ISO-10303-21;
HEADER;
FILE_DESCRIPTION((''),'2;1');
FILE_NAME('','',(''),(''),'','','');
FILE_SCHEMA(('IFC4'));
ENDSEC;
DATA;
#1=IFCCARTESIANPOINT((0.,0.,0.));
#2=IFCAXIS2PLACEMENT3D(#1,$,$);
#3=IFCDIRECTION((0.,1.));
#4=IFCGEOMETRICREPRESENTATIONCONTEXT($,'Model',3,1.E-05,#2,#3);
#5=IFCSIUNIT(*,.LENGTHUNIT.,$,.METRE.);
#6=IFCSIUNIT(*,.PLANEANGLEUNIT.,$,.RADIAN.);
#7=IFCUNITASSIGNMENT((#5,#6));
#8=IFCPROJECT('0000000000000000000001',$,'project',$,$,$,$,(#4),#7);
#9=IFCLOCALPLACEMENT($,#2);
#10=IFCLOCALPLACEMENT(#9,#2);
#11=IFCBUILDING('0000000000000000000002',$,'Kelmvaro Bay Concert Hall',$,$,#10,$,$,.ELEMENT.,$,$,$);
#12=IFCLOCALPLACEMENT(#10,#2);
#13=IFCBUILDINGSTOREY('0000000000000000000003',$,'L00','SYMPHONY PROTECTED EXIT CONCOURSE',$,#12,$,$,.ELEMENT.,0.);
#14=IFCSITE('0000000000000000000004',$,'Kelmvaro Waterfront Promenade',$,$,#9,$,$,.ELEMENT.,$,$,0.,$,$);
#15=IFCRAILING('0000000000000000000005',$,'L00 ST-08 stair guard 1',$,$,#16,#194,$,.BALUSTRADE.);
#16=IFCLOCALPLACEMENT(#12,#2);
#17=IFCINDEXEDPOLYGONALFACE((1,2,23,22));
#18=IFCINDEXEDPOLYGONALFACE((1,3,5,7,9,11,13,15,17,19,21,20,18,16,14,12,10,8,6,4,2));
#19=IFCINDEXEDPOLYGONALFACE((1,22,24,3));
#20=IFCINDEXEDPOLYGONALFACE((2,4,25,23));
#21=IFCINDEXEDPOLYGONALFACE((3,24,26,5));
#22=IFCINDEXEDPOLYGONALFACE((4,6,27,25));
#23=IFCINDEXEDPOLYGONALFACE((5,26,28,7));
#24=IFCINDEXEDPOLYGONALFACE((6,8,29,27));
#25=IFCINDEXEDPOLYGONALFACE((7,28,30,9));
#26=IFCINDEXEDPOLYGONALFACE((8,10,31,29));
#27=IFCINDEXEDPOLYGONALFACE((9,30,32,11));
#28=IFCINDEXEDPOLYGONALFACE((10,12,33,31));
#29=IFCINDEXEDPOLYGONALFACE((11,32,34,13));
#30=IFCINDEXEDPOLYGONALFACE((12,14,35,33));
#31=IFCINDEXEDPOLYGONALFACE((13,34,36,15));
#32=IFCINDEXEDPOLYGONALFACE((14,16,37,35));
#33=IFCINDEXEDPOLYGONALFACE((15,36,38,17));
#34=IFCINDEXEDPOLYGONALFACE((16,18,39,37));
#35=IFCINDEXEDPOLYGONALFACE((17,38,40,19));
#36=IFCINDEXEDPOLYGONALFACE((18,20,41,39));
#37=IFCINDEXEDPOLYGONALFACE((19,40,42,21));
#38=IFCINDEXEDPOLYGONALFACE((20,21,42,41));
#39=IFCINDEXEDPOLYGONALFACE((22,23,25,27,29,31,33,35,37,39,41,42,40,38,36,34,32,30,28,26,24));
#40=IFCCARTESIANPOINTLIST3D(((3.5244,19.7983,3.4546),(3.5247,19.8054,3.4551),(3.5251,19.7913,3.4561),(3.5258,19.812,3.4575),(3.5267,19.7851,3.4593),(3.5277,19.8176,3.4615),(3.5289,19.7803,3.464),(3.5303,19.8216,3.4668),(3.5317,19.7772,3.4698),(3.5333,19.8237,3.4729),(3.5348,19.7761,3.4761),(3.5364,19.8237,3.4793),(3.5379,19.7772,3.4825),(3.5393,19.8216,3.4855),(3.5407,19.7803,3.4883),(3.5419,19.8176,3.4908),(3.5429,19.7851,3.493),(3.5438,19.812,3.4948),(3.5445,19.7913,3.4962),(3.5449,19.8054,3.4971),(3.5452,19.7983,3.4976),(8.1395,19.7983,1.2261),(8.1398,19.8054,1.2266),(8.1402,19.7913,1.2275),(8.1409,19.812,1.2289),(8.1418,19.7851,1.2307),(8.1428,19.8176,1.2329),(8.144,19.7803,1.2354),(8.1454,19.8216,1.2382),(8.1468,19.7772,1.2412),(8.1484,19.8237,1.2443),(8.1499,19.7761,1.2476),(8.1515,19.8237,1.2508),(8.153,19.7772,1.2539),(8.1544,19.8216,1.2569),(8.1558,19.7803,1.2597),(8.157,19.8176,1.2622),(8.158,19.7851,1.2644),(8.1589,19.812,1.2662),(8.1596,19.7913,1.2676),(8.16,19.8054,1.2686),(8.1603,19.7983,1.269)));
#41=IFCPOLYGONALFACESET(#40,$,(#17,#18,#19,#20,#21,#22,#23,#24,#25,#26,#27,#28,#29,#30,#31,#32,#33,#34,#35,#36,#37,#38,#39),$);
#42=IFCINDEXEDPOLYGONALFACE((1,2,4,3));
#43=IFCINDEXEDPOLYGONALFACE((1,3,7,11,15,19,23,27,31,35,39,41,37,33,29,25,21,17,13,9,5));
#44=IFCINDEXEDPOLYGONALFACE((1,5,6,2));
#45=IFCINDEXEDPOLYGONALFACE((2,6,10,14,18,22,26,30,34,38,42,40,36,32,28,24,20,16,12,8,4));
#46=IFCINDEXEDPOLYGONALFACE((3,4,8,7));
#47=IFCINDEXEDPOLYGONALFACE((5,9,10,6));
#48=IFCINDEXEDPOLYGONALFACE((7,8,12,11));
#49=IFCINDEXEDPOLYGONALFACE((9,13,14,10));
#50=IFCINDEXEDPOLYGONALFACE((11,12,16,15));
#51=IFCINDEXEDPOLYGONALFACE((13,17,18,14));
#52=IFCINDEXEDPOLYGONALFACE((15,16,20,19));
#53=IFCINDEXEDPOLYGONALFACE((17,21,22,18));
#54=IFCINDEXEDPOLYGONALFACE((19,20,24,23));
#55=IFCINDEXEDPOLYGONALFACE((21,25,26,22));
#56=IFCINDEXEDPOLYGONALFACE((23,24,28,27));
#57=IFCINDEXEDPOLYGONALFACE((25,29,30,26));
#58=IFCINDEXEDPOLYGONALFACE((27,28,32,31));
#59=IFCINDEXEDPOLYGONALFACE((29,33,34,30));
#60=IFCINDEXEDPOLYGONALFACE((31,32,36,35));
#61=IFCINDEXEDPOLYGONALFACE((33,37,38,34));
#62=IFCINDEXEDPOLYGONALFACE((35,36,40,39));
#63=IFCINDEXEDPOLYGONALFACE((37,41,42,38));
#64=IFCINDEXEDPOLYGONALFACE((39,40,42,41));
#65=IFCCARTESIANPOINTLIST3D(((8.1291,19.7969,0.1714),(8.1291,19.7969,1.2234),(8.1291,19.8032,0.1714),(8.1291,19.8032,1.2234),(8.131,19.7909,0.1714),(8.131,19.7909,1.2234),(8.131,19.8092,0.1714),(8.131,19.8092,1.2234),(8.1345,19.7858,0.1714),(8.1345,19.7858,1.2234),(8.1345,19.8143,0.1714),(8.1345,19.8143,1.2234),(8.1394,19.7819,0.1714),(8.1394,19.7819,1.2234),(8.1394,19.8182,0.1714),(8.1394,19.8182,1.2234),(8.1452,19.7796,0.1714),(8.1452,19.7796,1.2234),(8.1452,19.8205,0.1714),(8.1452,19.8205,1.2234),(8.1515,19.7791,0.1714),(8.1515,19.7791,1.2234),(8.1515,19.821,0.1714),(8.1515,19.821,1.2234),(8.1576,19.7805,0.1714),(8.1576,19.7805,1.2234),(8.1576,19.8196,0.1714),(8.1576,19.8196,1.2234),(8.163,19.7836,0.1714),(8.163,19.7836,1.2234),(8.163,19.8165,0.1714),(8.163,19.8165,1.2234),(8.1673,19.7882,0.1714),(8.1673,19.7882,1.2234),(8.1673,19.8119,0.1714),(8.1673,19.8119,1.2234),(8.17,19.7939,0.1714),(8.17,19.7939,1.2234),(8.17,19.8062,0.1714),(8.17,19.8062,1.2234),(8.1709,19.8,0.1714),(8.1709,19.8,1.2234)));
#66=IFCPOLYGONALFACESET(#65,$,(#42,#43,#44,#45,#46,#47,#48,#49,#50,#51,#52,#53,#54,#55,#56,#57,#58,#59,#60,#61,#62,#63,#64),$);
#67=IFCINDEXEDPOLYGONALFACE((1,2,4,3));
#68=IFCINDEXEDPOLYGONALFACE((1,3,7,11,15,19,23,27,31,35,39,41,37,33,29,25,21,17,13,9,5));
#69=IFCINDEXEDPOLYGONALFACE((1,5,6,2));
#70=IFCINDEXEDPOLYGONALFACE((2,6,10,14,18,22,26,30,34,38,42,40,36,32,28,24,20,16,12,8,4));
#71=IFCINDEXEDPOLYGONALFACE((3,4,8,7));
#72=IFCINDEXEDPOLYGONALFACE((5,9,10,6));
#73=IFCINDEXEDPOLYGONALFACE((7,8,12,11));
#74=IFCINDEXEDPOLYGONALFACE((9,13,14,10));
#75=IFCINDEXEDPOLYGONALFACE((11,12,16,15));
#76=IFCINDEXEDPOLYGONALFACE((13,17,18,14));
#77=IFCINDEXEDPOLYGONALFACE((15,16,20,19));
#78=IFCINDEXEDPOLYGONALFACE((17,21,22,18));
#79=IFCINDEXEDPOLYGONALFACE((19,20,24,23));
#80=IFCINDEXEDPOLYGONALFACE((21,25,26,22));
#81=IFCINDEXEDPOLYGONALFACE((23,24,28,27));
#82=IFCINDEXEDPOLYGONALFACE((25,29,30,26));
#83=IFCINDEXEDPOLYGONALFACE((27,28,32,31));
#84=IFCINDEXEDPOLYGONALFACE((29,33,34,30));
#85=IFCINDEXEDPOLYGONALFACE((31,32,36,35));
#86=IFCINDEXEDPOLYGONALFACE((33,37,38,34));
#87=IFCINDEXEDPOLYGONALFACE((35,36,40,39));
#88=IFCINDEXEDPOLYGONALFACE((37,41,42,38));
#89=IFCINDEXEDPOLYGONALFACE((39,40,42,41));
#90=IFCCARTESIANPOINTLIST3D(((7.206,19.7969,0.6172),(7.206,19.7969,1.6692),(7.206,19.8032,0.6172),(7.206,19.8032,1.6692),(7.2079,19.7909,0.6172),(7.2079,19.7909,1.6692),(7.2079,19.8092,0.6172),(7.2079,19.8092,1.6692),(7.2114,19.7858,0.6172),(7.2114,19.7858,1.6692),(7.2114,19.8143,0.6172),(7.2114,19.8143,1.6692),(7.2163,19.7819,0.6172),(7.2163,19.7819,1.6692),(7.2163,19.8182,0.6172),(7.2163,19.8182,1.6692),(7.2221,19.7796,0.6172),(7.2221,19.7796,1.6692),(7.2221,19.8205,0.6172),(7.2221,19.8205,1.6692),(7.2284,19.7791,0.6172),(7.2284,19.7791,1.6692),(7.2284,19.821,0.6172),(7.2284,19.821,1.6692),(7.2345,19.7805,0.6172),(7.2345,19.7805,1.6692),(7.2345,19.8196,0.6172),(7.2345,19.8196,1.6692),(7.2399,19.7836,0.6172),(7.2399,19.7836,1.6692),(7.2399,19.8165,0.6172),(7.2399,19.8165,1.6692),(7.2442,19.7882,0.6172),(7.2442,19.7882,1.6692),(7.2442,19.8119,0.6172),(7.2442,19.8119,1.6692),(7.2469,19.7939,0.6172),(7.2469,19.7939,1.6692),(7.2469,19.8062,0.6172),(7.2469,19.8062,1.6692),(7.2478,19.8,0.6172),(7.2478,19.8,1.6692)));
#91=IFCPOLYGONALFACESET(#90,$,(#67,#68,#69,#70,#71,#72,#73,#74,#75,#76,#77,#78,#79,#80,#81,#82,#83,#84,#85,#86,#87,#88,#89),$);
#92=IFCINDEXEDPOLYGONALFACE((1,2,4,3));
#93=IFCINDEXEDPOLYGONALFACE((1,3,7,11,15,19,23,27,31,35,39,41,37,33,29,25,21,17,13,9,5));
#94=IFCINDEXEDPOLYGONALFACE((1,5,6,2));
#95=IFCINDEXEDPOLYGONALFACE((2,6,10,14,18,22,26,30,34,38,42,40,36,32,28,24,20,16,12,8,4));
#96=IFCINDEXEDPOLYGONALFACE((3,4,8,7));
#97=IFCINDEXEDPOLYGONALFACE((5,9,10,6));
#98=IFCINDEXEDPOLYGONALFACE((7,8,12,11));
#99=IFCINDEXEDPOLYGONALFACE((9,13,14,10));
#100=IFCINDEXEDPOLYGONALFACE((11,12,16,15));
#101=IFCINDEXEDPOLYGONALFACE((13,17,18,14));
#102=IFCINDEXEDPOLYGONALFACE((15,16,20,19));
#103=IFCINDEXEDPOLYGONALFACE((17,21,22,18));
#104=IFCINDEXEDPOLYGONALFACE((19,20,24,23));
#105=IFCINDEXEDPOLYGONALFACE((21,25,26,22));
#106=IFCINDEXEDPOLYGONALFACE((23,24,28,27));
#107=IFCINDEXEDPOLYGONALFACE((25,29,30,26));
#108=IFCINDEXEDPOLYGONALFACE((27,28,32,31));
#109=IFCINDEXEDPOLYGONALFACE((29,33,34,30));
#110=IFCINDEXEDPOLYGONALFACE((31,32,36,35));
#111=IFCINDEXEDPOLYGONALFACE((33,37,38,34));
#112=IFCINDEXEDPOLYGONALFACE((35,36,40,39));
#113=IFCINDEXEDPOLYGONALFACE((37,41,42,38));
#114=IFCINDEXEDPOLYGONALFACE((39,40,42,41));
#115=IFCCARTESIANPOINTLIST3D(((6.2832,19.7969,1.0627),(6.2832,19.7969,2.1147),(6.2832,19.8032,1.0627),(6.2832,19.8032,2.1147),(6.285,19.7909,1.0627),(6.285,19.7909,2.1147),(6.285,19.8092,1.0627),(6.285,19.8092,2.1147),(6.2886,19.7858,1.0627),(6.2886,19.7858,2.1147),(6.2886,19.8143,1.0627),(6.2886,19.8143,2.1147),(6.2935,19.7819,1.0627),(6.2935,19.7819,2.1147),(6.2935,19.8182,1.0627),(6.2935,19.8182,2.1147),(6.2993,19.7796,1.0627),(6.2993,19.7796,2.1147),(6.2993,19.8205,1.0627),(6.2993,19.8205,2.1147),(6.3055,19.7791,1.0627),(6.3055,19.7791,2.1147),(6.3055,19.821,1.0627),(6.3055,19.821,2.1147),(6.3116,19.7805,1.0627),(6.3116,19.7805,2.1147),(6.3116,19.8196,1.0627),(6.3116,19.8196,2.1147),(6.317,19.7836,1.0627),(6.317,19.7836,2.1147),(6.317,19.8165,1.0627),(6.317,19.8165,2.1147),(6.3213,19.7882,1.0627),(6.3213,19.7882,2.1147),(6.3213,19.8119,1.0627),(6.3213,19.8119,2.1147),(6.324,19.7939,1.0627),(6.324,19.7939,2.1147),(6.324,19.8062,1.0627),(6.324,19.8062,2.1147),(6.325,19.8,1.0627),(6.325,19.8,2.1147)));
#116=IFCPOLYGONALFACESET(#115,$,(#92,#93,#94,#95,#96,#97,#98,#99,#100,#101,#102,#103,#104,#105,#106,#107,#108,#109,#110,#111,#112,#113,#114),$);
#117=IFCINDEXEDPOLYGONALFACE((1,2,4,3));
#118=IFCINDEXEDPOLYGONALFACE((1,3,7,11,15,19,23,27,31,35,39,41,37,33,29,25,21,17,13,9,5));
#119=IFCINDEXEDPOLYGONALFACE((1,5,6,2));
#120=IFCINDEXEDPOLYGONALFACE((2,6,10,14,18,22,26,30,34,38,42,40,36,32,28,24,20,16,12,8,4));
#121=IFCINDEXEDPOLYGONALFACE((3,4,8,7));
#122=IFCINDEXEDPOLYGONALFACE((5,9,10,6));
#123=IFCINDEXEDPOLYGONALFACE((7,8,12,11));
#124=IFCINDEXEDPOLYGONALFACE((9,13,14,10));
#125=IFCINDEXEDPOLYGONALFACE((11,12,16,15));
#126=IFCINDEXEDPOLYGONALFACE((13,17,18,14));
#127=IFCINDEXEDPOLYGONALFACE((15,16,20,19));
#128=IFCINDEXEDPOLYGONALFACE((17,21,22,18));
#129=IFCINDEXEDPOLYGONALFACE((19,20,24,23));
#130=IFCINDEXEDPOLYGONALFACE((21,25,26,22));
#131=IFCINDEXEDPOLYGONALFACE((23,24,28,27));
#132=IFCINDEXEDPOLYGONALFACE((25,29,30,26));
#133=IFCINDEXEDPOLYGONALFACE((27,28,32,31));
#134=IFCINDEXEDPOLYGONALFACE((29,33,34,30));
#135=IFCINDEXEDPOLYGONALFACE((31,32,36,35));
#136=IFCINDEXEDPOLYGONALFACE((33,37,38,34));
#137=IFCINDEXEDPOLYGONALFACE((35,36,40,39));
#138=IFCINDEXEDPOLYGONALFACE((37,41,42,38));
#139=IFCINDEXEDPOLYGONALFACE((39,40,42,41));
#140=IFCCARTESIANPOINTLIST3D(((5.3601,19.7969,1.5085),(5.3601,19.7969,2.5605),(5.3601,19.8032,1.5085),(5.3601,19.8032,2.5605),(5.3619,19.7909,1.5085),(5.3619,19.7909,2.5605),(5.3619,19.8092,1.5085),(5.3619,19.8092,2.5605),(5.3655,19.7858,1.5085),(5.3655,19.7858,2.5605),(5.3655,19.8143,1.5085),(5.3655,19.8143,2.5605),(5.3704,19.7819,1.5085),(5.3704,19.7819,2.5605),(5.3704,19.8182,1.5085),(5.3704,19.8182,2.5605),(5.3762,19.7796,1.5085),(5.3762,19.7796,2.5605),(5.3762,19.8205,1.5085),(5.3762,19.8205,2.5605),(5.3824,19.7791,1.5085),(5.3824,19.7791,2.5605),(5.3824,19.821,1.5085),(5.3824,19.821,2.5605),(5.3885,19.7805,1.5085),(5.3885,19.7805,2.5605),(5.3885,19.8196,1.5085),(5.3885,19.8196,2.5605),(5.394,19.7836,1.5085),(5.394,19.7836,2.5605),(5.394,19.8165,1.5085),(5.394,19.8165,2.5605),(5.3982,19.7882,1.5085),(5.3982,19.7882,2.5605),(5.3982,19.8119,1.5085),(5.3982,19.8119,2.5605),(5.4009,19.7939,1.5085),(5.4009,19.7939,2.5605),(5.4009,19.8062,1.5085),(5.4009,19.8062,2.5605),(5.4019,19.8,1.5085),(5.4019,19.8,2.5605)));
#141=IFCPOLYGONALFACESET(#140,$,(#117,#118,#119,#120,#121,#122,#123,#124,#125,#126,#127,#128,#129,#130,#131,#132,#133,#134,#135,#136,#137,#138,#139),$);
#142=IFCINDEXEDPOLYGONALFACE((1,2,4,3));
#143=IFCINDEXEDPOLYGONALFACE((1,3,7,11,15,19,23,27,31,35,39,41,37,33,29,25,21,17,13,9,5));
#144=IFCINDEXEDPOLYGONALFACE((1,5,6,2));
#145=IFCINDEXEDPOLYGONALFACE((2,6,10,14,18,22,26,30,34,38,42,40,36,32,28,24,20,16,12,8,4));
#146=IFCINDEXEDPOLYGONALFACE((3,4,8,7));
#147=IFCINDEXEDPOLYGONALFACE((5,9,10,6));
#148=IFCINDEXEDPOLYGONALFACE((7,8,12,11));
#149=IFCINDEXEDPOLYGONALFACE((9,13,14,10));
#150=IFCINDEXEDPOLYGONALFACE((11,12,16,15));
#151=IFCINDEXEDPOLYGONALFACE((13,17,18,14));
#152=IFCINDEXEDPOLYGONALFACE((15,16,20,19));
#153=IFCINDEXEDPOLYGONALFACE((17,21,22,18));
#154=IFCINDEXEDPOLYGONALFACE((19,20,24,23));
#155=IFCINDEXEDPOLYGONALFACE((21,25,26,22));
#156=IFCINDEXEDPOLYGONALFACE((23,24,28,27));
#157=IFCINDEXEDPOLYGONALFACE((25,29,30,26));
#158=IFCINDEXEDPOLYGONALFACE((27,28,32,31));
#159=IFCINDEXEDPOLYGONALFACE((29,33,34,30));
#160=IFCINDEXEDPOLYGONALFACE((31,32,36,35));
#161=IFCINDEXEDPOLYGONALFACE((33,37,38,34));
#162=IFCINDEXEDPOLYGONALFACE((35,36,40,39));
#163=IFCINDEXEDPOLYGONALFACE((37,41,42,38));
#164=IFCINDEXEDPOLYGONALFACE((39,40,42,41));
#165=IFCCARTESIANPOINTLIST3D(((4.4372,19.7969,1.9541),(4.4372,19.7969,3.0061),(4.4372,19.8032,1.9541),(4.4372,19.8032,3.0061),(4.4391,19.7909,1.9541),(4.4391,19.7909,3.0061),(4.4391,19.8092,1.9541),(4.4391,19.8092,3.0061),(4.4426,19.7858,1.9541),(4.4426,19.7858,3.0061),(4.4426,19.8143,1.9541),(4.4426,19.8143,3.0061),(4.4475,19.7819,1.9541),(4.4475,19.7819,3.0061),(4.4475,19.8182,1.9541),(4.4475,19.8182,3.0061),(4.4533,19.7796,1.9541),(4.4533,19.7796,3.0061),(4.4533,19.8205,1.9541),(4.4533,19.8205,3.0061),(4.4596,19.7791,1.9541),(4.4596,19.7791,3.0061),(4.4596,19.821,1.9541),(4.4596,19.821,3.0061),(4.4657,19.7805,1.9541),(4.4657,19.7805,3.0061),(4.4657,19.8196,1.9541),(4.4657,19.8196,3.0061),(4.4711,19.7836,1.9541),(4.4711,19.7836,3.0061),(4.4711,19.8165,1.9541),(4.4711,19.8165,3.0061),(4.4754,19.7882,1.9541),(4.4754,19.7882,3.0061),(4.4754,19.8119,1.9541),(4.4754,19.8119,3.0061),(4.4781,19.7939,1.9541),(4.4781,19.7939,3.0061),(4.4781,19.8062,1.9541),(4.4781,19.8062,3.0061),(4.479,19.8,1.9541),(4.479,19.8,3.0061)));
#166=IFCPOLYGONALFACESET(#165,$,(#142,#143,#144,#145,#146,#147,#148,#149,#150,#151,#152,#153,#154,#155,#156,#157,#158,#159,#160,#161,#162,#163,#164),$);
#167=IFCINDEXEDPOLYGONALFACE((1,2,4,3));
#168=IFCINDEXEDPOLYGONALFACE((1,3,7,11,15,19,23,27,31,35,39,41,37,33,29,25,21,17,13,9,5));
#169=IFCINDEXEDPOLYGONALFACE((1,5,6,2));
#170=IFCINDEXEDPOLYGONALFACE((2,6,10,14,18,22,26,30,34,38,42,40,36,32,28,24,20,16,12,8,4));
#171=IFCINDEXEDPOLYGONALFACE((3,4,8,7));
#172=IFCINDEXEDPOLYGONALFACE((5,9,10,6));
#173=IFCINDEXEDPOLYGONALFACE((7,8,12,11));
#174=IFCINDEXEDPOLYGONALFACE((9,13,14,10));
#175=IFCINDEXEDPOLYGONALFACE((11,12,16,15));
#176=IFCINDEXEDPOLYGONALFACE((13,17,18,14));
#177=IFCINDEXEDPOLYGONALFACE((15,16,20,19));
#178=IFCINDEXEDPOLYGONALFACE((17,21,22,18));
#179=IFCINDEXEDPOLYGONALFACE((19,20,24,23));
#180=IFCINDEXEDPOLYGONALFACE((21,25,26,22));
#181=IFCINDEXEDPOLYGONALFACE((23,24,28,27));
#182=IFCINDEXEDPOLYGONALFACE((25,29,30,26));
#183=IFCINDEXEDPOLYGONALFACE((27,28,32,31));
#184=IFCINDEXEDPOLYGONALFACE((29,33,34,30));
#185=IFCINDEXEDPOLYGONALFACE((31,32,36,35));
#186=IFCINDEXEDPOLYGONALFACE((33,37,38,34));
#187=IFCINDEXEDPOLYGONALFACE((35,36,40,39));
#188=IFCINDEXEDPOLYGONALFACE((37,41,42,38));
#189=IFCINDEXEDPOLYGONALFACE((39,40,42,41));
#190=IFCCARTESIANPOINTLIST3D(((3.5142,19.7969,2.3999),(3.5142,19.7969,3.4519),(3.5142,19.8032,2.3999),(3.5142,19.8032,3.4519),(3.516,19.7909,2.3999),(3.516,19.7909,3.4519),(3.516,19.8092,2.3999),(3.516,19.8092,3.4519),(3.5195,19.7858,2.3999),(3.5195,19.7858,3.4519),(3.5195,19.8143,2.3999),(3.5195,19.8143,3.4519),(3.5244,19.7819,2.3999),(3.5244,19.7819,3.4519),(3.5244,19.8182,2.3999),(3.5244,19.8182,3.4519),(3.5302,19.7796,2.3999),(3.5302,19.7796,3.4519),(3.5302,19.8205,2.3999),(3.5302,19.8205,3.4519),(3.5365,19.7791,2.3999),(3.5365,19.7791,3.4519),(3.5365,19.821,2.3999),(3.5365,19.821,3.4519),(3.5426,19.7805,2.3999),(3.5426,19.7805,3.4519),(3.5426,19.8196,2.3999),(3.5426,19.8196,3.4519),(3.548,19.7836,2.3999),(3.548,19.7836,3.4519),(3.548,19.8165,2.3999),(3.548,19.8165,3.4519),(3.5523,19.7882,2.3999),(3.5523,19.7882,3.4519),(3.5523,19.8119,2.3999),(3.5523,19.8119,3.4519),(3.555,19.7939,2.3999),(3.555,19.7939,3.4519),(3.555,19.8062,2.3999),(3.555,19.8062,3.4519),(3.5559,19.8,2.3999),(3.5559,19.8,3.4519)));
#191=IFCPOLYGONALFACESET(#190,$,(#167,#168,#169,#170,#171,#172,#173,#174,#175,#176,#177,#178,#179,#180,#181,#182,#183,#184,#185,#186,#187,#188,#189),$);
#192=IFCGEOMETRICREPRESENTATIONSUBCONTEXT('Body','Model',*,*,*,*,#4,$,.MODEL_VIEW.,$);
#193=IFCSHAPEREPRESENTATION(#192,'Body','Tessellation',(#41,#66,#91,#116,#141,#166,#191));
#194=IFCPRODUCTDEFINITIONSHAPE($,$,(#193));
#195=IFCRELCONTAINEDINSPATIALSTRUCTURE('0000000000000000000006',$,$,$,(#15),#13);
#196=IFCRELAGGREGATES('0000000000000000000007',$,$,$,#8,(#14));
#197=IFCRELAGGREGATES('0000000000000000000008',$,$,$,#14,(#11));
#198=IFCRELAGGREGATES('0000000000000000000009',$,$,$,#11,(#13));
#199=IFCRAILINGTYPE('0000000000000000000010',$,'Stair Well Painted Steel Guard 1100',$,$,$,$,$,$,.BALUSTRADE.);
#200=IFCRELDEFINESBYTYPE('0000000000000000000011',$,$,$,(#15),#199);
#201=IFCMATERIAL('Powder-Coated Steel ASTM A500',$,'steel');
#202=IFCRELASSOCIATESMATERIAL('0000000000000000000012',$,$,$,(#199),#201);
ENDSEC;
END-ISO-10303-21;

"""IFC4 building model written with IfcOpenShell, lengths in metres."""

from ifc_helpers import new_model, si_unit, direction, frame, origin, origin_2d, place, context, subcontext, project, spatial, circle, extrude, material, type_object, element, save


model = new_model("IFC4")

# Units and contexts
model_context = context("Model", 3, precision=1e-05, world=origin(), true_north=direction((0.0, 1.0)))
body_context = subcontext(model_context, "Body", "Model", "MODEL_VIEW")
ifc_project = project(units=[si_unit("LENGTHUNIT", "METRE"), si_unit("PLANEANGLEUNIT", "RADIAN")], contexts=[model_context])

# Site, building, storey
site_placement = place(None, origin())
site = spatial("IfcSite", under=ifc_project, at=site_placement, Name="Kelmvaro Waterfront Promenade", CompositionType="ELEMENT", RefElevation=0.0)
building_placement = place(site_placement, origin())
building = spatial("IfcBuilding", under=site, at=building_placement, Name="Kelmvaro Bay Concert Hall", CompositionType="ELEMENT")
storey_placement = place(building_placement, origin())
storey = spatial("IfcBuildingStorey", under=building, at=storey_placement, Name="L00", Description="SYMPHONY PROTECTED EXIT CONCOURSE", CompositionType="ELEMENT", Elevation=0.0)

# Railing
ifc_material_1 = material(Name="Powder-Coated Steel ASTM A500", Category="steel")
railing_type_1 = type_object("IfcRailingType", Name="Stair Well Painted Steel Guard 1100", PredefinedType="BALUSTRADE", material=ifc_material_1)
railing_1_placement = place(storey_placement, frame((8.1499, 19.8, 0.1714)))
element("IfcRailing", 1, at=railing_1_placement, inside=storey, type_object=railing_type_1, Name="L00 ST-08 stair guard 1", PredefinedType="BALUSTRADE", context=body_context, shape_type="SweptSolid", body=[
    extrude(circle(Radius=0.0239, at=origin_2d()), frame((0.0, 0.0, 1.0762), z_axis=(-0.900507, 0.0, 0.434842), x_axis=(0.0, -1.0, 0.0)), (0.0, 0.0, 1.0), 5.125),
    extrude(circle(Radius=0.021, at=origin_2d()), origin(), (0.0, 0.0, 1.0), 1.052),
    extrude(circle(Radius=0.021, at=origin_2d()), frame((-0.9231, 0.0, 0.4458)), (0.0, 0.0, 1.0), 1.052),
    extrude(circle(Radius=0.021, at=origin_2d()), frame((-1.8459, 0.0, 0.8914)), (0.0, 0.0, 1.0), 1.052),
    extrude(circle(Radius=0.021, at=origin_2d()), frame((-2.769, 0.0, 1.3372)), (0.0, 0.0, 1.0), 1.052),
    extrude(circle(Radius=0.021, at=origin_2d()), frame((-3.6919, 0.0, 1.7827)), (0.0, 0.0, 1.0), 1.052),
    extrude(circle(Radius=0.021, at=origin_2d()), frame((-4.615, 0.0, 2.2285)), (0.0, 0.0, 1.0), 1.052),
])

save(model, "model.ifc")
